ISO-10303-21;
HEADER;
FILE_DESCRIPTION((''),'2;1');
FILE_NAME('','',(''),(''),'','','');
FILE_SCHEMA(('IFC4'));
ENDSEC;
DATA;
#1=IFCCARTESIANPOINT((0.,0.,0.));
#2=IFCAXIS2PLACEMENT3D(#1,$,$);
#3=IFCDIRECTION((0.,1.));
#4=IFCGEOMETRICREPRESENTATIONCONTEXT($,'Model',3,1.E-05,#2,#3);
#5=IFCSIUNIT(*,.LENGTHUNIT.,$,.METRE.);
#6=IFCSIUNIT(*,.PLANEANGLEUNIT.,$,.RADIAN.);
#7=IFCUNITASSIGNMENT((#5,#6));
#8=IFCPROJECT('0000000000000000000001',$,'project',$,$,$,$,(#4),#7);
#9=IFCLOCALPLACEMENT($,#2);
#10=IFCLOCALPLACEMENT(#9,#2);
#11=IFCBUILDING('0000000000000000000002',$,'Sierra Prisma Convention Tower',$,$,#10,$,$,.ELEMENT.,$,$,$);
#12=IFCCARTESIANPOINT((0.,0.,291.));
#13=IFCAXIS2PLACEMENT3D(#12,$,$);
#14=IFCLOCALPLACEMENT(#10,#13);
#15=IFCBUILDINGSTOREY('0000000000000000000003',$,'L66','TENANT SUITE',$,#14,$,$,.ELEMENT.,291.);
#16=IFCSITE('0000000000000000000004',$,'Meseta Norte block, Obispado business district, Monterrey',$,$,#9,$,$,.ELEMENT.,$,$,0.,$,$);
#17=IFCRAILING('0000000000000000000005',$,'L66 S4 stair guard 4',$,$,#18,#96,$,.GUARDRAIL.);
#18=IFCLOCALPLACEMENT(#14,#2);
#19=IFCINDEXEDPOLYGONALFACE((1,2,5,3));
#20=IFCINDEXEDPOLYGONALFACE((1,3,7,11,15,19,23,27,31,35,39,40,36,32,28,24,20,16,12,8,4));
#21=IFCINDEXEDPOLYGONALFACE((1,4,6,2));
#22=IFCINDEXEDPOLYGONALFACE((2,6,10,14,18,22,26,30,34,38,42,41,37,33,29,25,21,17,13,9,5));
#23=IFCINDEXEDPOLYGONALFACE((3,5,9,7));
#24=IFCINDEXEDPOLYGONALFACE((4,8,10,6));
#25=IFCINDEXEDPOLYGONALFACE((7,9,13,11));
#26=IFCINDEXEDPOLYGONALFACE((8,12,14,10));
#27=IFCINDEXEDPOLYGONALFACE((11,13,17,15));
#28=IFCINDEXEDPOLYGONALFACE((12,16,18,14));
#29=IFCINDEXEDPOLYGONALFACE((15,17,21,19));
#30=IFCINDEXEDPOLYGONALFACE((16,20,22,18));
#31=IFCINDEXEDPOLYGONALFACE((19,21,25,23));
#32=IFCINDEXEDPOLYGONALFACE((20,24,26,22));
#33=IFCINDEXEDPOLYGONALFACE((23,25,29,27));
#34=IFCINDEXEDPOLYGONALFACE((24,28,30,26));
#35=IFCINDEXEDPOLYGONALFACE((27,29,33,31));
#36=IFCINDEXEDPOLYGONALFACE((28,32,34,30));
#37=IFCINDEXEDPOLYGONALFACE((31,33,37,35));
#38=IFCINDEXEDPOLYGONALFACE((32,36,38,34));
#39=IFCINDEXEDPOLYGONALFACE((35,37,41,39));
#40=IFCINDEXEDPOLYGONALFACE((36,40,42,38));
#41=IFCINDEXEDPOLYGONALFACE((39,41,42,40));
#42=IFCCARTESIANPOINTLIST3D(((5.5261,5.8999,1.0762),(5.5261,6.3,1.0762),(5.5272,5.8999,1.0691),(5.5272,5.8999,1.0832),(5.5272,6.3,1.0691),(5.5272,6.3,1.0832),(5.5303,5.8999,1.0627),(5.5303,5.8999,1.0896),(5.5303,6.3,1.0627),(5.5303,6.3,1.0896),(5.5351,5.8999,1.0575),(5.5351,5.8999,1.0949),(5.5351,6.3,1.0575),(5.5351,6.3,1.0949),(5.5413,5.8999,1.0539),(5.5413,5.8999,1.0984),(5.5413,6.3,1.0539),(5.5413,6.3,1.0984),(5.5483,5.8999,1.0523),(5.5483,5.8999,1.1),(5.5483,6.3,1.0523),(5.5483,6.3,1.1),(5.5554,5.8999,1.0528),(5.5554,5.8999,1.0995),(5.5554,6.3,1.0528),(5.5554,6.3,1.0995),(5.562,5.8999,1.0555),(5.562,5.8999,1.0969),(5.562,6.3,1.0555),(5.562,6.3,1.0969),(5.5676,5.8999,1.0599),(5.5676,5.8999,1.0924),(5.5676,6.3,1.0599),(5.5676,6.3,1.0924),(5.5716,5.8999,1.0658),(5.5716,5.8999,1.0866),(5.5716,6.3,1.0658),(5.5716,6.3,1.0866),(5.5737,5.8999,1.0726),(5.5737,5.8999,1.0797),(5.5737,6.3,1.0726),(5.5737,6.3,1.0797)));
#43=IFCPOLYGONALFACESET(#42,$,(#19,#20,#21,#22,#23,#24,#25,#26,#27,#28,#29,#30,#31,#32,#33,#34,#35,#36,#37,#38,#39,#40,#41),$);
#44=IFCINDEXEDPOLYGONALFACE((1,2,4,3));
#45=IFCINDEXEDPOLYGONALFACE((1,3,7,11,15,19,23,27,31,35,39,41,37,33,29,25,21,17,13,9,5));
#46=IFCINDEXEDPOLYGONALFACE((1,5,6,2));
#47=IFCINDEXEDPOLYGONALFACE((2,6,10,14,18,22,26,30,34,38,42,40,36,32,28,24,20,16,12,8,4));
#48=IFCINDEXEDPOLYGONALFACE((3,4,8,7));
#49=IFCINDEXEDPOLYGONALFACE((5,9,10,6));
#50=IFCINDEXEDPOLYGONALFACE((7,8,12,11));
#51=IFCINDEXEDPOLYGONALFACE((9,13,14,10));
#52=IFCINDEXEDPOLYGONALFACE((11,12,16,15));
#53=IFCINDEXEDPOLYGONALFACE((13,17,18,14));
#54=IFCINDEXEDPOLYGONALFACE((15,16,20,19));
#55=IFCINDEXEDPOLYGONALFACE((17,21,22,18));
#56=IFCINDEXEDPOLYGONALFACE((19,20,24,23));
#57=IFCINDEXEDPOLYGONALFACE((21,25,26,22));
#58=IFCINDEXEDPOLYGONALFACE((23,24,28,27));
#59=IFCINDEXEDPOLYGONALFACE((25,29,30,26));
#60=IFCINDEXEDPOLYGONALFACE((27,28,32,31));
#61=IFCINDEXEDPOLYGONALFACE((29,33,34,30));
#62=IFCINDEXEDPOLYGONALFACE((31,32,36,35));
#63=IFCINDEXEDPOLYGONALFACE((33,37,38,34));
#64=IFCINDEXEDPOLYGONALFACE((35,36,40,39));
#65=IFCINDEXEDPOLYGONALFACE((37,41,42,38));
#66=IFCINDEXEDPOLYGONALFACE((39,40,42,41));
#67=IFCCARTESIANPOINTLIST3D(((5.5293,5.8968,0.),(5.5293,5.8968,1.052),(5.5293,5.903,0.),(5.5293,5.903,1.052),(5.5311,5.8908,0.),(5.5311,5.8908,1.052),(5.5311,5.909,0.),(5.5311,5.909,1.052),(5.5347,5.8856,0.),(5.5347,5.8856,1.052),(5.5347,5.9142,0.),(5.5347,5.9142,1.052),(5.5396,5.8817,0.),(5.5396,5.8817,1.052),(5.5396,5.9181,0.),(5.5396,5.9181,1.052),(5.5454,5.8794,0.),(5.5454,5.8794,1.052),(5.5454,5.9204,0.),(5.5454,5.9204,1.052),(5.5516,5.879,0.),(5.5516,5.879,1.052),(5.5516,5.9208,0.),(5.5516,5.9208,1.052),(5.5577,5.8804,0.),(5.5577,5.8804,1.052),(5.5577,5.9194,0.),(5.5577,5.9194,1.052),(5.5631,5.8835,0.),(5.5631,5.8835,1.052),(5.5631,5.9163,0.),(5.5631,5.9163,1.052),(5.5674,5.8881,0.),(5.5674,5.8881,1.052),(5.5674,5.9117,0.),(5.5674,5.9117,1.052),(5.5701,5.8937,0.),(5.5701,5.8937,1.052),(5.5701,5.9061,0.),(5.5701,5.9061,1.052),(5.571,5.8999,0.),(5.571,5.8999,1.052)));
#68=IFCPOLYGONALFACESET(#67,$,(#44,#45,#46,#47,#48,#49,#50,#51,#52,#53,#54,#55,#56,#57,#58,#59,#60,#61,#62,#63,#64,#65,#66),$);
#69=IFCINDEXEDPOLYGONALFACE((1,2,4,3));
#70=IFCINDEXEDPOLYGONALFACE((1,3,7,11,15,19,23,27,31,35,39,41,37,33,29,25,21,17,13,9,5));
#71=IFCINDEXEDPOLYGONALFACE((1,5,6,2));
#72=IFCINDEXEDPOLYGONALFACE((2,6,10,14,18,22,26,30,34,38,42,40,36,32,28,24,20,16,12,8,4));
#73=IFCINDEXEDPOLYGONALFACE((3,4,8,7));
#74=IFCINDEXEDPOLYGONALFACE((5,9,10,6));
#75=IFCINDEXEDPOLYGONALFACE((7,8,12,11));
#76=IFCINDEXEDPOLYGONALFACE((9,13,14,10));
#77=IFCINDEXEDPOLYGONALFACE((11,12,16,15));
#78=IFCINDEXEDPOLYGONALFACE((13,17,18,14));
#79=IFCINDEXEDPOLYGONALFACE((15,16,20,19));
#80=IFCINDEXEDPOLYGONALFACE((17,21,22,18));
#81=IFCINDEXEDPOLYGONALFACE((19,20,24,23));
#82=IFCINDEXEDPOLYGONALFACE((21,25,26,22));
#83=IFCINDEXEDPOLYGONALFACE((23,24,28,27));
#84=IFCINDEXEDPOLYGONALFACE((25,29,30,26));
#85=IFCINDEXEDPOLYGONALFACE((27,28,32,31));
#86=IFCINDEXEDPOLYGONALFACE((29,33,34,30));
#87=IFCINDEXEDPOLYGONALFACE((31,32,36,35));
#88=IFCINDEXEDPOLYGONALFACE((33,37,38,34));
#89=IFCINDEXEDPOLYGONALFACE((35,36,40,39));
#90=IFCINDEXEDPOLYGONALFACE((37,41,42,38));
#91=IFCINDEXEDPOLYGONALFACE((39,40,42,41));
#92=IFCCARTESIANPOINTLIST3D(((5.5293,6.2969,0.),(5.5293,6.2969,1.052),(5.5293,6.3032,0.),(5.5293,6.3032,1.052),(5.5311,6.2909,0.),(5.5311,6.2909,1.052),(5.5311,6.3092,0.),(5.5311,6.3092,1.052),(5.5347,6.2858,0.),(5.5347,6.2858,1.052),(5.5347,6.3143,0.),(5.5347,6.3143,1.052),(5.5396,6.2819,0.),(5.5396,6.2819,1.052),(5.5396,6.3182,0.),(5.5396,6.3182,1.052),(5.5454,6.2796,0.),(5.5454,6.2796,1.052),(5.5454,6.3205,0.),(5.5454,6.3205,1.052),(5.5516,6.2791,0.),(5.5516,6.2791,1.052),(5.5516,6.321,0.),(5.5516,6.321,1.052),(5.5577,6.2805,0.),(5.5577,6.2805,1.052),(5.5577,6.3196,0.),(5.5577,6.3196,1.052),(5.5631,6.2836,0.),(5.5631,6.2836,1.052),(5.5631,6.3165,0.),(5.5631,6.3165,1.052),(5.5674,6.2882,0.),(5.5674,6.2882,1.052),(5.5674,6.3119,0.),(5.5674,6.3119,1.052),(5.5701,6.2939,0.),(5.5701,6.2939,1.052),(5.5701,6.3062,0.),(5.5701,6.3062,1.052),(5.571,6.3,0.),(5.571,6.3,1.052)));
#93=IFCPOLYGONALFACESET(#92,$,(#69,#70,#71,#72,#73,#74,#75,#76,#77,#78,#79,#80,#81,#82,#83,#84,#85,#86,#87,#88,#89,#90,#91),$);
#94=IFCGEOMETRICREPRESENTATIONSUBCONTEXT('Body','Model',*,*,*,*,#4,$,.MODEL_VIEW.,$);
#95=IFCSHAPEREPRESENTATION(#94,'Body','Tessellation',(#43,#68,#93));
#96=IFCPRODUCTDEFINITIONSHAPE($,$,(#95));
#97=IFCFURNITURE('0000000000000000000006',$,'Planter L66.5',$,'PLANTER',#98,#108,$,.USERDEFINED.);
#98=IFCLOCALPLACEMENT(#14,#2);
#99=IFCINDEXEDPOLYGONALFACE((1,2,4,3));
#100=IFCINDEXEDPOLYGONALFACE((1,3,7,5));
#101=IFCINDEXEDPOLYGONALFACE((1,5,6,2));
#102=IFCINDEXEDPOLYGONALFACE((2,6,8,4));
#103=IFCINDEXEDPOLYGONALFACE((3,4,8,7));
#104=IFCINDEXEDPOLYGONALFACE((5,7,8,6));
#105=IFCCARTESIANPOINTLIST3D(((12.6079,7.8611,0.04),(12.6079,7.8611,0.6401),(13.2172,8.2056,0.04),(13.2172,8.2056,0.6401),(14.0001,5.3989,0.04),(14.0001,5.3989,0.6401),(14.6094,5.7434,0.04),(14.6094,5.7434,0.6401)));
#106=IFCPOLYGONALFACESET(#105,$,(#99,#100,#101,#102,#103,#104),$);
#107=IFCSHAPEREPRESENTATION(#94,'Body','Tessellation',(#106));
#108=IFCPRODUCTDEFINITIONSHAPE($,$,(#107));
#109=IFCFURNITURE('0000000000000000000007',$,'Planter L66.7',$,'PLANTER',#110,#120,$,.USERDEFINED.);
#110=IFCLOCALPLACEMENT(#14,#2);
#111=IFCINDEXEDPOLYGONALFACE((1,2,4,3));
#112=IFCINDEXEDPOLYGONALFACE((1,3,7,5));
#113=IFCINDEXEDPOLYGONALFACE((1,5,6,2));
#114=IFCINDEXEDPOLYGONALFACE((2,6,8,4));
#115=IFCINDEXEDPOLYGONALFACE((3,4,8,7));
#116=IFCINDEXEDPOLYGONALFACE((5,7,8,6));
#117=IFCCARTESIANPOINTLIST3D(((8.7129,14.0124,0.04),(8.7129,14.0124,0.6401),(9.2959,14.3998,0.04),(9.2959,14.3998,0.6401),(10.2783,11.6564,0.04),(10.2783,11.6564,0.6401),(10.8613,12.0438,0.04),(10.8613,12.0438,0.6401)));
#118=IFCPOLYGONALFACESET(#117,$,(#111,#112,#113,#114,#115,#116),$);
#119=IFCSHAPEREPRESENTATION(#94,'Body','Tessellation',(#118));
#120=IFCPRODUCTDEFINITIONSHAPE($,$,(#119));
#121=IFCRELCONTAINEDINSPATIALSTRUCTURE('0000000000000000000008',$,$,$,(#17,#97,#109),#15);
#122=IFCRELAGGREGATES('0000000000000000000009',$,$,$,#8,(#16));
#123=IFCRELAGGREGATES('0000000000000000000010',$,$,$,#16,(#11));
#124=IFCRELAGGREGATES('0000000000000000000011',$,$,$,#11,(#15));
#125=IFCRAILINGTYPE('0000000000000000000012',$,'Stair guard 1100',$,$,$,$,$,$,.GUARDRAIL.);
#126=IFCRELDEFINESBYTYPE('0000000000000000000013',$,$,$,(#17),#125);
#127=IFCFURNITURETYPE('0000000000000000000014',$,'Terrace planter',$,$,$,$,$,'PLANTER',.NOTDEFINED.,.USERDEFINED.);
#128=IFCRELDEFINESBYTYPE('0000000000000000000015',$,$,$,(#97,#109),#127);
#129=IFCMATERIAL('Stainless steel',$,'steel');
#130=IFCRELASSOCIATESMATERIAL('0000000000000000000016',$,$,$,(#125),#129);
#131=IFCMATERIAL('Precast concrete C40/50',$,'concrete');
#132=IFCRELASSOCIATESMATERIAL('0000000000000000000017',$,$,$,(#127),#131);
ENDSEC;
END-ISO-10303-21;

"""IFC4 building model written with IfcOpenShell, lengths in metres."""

from ifc_helpers import new_model, si_unit, direction, frame, origin, origin_2d, place, context, subcontext, project, spatial, rectangle, circle, extrude, material, type_object, element, save


model = new_model("IFC4")

# Units and contexts
model_context = context("Model", 3, precision=1e-05, world=origin(), true_north=direction((0.0, 1.0)))
body_context = subcontext(model_context, "Body", "Model", "MODEL_VIEW")
ifc_project = project(units=[si_unit("LENGTHUNIT", "METRE"), si_unit("PLANEANGLEUNIT", "RADIAN")], contexts=[model_context])

# Site, building, storey
site_placement = place(None, origin())
site = spatial("IfcSite", under=ifc_project, at=site_placement, Name="Meseta Norte block, Obispado business district, Monterrey", CompositionType="ELEMENT", RefElevation=0.0)
building_placement = place(site_placement, origin())
building = spatial("IfcBuilding", under=site, at=building_placement, Name="Sierra Prisma Convention Tower", CompositionType="ELEMENT")
storey_placement = place(building_placement, frame((0.0, 0.0, 291.0)))
storey = spatial("IfcBuildingStorey", under=building, at=storey_placement, Name="L66", Description="TENANT SUITE", CompositionType="ELEMENT", Elevation=291.0)

# Railing
ifc_material_1 = material(Name="Stainless steel", Category="steel")
railing_type_1 = type_object("IfcRailingType", Name="Stair guard 1100", PredefinedType="GUARDRAIL", material=ifc_material_1)
railing_1_placement = place(storey_placement, frame((5.55, 5.8999, 0.0)))
element("IfcRailing", 1, at=railing_1_placement, inside=storey, type_object=railing_type_1, Name="L66 S4 stair guard 4", PredefinedType="GUARDRAIL", context=body_context, shape_type="SweptSolid", body=[
    extrude(circle(Radius=0.0239, at=origin_2d()), frame((0.0, 0.0, 1.0762), z_axis=(0.0, 1.0, 0.0), x_axis=(-1.0, 0.0, 0.0)), (0.0, 0.0, 1.0), 0.4001),
    extrude(circle(Radius=0.021, at=origin_2d()), origin(), (0.0, 0.0, 1.0), 1.052),
    extrude(circle(Radius=0.021, at=origin_2d()), frame((0.0, 0.4001, 0.0)), (0.0, 0.0, 1.0), 1.052),
])

# Furniture
ifc_material_2 = material(Name="Precast concrete C40/50", Category="concrete")
furniture_type = type_object("IfcFurnitureType", Name="Terrace planter", ElementType="PLANTER", AssemblyPlace="NOTDEFINED", PredefinedType="USERDEFINED", material=ifc_material_2)
for number, where, z_axis, x_axis, name in (
    (2, (13.6086, 6.8022, 0.04), (0.0, 0.0, 1.0), (-0.492205, 0.870479, 0.0), "Planter L66.5"),
    (3, (9.7871, 13.0281, 0.04), (0.0, 0.0, 1.0), (-0.553401, 0.832915, 0.0), "Planter L66.7"),
):
    element("IfcFurniture", number, at=place(storey_placement, frame(where, z_axis=z_axis, x_axis=x_axis)), inside=storey, type_object=furniture_type, Name=name, ObjectType="PLANTER", PredefinedType="USERDEFINED", context=body_context, shape_type="SweptSolid", body=[
        extrude(rectangle(XDim=2.8286, YDim=0.7, at=origin_2d()), origin(), (0.0, 0.0, 1.0), 0.6001),
    ])

save(model, "model.ifc")
